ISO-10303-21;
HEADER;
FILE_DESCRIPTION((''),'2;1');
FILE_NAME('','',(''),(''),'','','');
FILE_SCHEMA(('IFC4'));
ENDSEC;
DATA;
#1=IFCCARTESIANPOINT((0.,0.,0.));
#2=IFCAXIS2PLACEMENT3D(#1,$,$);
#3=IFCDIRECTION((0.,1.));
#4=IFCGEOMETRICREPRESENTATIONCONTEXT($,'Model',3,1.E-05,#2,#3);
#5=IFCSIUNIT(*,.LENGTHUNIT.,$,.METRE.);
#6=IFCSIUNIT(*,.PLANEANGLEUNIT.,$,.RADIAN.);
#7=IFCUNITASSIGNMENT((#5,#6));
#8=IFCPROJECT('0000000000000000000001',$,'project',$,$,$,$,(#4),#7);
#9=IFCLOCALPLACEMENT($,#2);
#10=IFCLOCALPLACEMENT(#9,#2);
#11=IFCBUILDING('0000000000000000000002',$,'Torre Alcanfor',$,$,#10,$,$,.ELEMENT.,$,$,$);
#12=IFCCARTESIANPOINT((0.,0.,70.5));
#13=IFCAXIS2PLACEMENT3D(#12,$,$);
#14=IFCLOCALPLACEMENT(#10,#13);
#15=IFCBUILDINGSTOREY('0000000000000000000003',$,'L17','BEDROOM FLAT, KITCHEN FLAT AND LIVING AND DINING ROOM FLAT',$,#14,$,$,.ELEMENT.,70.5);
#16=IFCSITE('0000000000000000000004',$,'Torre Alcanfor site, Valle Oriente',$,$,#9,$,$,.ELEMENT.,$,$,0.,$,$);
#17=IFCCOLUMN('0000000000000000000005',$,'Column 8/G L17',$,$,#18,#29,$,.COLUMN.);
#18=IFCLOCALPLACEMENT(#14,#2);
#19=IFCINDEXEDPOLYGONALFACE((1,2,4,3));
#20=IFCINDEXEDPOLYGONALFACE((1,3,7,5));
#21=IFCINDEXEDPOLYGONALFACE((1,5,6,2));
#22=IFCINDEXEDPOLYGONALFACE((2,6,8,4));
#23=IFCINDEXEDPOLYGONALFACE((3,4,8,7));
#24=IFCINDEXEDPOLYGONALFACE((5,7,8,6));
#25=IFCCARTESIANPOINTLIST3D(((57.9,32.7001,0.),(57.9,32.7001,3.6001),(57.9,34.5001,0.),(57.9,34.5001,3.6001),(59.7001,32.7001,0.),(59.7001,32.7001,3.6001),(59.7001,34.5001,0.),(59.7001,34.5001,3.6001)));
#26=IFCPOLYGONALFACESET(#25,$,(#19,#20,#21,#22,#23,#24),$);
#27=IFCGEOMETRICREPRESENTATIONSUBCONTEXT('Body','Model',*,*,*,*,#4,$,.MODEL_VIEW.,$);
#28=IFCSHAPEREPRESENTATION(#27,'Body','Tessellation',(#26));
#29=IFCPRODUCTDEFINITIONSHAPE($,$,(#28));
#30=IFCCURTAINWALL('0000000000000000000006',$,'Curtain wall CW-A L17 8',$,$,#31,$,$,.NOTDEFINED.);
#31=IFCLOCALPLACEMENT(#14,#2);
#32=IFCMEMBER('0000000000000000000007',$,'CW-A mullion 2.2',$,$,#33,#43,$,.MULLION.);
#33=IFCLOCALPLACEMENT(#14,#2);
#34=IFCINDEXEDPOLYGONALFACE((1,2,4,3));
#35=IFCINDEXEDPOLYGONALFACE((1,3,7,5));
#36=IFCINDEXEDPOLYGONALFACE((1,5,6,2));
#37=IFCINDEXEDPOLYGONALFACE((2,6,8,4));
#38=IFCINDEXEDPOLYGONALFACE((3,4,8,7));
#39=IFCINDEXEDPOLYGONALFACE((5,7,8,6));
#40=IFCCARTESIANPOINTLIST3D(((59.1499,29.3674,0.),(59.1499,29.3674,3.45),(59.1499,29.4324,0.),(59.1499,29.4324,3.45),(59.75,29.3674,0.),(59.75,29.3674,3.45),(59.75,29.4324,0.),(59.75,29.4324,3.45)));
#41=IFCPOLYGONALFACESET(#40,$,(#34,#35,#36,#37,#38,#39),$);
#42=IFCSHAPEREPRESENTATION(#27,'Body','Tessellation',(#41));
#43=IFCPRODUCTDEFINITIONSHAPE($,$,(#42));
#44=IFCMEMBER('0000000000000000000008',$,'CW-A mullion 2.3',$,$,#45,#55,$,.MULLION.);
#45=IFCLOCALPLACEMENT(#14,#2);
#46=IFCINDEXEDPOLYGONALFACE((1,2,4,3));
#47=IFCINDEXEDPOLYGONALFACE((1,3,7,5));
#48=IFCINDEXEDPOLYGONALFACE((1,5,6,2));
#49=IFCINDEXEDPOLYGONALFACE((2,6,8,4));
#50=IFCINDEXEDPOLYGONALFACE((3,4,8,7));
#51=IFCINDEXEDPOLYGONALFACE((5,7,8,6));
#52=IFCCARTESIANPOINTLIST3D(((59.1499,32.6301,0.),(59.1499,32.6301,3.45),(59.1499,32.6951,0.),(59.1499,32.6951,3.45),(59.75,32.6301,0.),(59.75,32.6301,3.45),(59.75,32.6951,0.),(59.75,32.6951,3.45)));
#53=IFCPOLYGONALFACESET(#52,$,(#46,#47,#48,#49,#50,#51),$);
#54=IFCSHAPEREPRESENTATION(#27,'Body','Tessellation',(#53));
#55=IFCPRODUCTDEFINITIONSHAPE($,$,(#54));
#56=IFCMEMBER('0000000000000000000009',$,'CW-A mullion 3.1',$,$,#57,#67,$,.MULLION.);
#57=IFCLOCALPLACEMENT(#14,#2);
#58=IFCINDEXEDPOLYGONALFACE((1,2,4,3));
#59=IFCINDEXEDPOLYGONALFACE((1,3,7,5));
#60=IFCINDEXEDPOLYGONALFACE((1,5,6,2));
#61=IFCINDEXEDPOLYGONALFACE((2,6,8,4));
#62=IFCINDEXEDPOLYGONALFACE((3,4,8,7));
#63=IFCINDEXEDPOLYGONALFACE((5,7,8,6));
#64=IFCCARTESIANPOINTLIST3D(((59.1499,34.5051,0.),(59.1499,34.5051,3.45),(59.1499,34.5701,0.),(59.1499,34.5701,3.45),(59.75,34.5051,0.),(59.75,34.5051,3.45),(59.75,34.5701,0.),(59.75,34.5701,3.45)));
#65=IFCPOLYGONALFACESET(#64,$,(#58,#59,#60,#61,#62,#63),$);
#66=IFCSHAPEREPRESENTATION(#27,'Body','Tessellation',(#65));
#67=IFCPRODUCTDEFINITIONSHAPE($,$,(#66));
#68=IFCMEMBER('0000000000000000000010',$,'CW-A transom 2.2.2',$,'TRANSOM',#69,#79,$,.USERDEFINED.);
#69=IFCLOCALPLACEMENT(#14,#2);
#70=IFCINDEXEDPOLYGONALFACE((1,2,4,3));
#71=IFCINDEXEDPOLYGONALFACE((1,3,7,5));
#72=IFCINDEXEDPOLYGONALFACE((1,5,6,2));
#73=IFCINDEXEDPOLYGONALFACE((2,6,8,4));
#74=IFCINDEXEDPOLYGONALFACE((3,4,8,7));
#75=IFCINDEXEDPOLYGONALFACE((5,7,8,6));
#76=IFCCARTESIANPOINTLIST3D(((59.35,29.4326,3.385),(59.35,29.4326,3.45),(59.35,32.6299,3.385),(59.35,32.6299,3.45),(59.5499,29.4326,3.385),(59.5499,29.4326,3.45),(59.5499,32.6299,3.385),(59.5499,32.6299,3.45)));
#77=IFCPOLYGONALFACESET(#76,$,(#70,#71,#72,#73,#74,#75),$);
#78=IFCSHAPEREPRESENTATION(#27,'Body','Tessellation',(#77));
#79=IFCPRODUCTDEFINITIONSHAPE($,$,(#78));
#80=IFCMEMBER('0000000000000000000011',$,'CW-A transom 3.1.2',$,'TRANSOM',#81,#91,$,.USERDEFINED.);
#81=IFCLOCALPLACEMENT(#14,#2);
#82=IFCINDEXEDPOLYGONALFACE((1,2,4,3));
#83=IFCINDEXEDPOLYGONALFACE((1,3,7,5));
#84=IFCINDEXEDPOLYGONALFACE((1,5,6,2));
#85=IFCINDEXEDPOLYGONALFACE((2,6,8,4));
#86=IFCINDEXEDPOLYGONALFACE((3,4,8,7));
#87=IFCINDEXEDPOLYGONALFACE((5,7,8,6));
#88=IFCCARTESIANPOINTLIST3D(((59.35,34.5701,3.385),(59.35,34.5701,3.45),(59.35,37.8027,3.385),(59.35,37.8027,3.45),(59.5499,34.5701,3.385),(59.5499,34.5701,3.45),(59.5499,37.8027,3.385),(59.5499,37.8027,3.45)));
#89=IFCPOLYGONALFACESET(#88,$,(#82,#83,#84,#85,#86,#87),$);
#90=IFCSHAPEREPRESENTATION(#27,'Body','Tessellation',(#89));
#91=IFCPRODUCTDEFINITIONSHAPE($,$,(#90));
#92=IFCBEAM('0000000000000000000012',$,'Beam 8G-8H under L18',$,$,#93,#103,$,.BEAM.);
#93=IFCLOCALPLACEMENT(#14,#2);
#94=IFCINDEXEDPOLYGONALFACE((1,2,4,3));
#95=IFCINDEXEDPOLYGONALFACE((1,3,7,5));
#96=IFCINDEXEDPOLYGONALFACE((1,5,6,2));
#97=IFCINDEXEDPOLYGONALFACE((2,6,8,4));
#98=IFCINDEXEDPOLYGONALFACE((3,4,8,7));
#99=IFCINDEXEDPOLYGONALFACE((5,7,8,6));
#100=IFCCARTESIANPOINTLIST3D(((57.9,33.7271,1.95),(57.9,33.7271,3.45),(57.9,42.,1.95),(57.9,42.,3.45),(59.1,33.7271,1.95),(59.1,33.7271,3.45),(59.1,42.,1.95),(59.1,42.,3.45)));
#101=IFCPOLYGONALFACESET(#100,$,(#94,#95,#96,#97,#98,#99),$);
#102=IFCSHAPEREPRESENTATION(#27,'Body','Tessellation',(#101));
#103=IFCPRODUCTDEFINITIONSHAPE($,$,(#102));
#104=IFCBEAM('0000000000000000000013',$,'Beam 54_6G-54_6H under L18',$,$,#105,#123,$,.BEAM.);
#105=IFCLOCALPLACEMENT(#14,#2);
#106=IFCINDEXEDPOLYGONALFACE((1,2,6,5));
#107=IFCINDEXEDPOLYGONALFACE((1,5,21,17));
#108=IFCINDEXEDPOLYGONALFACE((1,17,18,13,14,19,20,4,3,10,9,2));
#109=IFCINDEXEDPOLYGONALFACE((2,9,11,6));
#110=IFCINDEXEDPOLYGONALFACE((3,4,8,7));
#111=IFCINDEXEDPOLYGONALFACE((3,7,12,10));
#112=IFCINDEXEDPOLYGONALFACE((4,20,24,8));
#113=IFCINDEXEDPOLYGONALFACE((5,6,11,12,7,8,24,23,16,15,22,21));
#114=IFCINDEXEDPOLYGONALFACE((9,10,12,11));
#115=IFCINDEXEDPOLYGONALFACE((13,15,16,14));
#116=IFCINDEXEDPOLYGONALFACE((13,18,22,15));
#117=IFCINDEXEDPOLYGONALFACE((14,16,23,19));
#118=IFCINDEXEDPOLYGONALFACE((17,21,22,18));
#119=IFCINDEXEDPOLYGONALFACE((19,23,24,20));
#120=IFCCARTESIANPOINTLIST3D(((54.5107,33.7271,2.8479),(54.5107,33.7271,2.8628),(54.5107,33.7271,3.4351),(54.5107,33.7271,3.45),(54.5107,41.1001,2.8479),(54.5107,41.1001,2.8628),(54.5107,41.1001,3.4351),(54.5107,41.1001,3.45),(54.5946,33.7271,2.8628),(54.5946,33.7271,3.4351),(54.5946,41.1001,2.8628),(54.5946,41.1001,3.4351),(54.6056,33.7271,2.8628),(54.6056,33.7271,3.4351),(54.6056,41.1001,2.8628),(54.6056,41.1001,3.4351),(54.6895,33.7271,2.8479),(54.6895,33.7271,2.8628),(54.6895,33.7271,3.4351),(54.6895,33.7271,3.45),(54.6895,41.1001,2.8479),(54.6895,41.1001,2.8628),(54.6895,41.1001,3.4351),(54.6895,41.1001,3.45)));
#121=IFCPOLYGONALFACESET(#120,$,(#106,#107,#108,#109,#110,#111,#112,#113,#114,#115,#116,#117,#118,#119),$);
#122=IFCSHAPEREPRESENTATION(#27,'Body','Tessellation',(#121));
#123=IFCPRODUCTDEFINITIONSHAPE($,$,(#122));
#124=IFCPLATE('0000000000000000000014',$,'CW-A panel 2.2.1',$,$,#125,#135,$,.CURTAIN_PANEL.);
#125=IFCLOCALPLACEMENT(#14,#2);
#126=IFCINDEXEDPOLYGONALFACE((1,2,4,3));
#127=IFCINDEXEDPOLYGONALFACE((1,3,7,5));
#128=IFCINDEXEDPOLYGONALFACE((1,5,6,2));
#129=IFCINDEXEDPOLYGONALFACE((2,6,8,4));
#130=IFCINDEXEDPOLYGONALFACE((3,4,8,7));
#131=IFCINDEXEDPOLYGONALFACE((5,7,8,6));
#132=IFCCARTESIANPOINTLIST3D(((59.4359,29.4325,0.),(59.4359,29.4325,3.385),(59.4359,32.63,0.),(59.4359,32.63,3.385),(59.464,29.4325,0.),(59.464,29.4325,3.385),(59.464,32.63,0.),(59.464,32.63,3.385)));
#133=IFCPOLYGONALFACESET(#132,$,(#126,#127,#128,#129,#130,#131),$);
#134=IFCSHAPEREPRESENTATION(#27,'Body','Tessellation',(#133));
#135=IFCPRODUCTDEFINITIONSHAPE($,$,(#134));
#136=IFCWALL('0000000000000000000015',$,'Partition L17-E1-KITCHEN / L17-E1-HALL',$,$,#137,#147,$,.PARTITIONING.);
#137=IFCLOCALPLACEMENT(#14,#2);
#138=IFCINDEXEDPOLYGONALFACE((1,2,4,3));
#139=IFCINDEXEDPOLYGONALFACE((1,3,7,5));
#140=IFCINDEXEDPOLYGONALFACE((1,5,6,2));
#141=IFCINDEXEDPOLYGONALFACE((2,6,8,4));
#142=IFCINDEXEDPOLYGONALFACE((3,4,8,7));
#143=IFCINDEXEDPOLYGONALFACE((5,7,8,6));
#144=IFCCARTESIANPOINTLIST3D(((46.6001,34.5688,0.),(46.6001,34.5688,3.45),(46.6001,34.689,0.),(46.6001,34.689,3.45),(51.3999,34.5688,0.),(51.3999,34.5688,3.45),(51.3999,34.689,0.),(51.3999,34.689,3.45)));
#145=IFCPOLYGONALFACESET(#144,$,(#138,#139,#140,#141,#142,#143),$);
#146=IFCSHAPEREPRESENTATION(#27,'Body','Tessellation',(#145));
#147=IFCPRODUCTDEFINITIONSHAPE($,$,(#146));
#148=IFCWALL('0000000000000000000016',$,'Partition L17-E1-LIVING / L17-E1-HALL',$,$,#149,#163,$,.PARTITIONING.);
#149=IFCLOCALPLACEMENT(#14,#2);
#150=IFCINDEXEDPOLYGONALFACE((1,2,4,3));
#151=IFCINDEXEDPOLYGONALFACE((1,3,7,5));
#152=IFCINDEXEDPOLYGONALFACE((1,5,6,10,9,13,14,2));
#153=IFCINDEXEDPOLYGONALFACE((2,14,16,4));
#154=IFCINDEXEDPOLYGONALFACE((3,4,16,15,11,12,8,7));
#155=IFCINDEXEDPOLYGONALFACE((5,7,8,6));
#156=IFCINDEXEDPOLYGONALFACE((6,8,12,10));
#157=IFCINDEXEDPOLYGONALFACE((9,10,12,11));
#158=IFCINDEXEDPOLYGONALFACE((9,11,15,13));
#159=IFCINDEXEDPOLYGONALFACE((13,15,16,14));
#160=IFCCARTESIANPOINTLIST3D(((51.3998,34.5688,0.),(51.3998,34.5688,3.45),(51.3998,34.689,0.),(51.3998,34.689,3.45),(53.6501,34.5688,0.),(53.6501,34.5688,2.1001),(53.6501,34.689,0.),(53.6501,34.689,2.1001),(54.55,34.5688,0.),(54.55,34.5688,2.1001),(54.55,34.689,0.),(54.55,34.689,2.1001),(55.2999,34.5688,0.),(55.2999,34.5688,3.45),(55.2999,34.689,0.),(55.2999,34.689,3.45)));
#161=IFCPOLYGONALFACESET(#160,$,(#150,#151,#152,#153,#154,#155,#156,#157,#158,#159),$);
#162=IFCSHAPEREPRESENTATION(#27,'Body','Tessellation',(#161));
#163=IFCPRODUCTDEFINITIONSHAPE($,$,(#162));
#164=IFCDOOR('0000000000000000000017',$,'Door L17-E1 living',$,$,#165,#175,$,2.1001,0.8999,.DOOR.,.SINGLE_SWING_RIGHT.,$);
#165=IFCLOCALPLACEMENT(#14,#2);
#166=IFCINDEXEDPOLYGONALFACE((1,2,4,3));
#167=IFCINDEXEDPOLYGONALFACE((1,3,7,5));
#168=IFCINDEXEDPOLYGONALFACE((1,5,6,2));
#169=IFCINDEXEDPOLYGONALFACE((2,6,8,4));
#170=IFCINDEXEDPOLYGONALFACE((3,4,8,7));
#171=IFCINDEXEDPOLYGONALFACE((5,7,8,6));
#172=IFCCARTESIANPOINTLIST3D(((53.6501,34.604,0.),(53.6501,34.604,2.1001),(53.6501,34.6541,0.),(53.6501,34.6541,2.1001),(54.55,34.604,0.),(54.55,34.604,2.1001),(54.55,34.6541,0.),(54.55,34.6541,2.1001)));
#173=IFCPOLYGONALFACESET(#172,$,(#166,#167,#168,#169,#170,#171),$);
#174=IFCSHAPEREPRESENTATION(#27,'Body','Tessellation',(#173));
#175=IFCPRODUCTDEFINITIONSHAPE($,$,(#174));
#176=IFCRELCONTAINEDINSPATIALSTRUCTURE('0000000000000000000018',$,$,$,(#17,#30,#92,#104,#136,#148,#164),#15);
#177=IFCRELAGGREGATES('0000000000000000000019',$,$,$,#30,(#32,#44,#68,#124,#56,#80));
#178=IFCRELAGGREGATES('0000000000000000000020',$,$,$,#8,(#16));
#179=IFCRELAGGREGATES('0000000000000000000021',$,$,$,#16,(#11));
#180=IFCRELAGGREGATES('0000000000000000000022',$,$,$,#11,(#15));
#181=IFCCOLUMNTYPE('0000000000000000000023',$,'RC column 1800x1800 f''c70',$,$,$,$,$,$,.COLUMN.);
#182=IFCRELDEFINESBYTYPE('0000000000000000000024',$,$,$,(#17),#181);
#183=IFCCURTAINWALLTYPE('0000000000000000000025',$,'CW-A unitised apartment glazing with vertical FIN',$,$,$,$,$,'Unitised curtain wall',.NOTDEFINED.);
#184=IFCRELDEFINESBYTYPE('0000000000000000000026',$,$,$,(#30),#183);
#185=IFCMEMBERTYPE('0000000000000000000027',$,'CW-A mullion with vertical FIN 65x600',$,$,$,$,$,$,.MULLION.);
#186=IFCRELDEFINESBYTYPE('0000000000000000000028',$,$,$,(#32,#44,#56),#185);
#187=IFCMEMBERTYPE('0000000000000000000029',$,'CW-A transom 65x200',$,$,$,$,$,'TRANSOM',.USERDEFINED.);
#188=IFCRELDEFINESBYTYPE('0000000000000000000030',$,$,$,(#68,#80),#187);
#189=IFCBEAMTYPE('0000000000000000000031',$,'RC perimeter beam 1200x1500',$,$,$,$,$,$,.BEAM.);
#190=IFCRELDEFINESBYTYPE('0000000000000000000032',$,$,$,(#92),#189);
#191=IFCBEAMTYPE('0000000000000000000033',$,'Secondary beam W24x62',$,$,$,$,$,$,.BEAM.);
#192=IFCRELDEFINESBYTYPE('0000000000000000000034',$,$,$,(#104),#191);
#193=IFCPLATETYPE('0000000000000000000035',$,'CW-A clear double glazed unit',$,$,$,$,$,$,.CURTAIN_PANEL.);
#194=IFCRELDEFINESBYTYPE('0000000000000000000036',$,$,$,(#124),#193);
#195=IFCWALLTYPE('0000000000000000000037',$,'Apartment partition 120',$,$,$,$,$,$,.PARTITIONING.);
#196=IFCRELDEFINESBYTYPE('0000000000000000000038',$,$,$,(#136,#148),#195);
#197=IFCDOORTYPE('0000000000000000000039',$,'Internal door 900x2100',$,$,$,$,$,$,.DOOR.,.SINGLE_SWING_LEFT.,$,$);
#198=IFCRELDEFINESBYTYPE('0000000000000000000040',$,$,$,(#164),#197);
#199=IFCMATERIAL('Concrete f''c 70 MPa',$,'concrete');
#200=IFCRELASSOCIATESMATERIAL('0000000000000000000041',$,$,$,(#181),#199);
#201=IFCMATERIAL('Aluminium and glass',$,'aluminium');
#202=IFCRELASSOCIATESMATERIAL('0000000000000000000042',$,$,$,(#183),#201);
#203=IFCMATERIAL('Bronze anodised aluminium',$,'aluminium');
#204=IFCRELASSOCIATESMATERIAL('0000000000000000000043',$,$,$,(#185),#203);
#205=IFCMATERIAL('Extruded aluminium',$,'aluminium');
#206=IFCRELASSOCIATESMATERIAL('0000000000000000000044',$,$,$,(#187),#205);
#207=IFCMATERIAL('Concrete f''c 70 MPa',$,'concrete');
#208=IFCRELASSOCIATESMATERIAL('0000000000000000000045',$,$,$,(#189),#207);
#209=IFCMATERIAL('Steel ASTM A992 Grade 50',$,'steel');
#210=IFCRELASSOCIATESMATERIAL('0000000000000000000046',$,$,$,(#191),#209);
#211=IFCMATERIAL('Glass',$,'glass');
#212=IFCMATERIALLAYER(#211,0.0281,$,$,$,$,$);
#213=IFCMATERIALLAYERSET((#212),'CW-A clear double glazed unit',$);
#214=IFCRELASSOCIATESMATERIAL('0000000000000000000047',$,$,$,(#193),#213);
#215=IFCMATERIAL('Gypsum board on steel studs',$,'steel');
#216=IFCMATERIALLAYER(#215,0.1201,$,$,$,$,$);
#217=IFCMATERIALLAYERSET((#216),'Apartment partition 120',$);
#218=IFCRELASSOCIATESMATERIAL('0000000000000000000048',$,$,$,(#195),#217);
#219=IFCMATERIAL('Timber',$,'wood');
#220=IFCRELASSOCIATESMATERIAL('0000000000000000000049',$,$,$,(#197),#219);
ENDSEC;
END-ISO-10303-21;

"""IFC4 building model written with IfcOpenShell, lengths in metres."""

from ifc_helpers import new_model, si_unit, direction, frame, frame_2d, origin, origin_2d, place, context, subcontext, project, spatial, rectangle, i_section, extrude, material, layer, layer_set, material_profile, profile_set, type_object, element, fill, aggregate, save


model = new_model("IFC4")

# Units and contexts
model_context = context("Model", 3, precision=1e-05, world=origin(), true_north=direction((0.0, 1.0)))
body_context = subcontext(model_context, "Body", "Model", "MODEL_VIEW")
ifc_project = project(units=[si_unit("LENGTHUNIT", "METRE"), si_unit("PLANEANGLEUNIT", "RADIAN")], contexts=[model_context])

# Site, building, storey
site_placement = place(None, origin())
site = spatial("IfcSite", under=ifc_project, at=site_placement, Name="Torre Alcanfor site, Valle Oriente", CompositionType="ELEMENT", RefElevation=0.0)
building_placement = place(site_placement, origin())
building = spatial("IfcBuilding", under=site, at=building_placement, Name="Torre Alcanfor", CompositionType="ELEMENT")
storey_placement = place(building_placement, frame((0.0, 0.0, 70.5)))
storey = spatial("IfcBuildingStorey", under=building, at=storey_placement, Name="L17", Description="BEDROOM FLAT, KITCHEN FLAT AND LIVING AND DINING ROOM FLAT", CompositionType="ELEMENT", Elevation=70.5)

# Column
ifc_material_1 = material(Name="Concrete f'c 70 MPa", Category="concrete")
ifc_material_profile_1 = material_profile(ifc_material_1, rectangle(XDim=1.8, YDim=1.8, at=origin_2d()), Name="1800x1800")
ifc_profile_set_1 = profile_set([ifc_material_profile_1], Name="Concrete f'c 70 MPa")
column_type = type_object("IfcColumnType", Name="RC column 1800x1800 f'c70", PredefinedType="COLUMN", material=ifc_profile_set_1)
column_placement = place(storey_placement, frame((58.8, 33.6001, 0.0), z_axis=(0.0, 0.0, 1.0), x_axis=(1.0, 0.0, 0.0)))
element("IfcColumn", 1, at=column_placement, inside=storey, type_object=column_type, Name="Column 8/G L17", PredefinedType="COLUMN", context=body_context, shape_type="SweptSolid", body=[
    extrude(rectangle(XDim=1.8, YDim=1.8, at=origin_2d()), origin(), (0.0, 0.0, 1.0), 3.6001),
])

# Curtain wall, members
ifc_material_2 = material(Name="Aluminium and glass", Category="aluminium")
curtain_wall_type = type_object("IfcCurtainWallType", Name="CW-A unitised apartment glazing with vertical FIN", ElementType="Unitised curtain wall", PredefinedType="NOTDEFINED", material=ifc_material_2)
curtain_wall_placement = place(storey_placement, origin())
curtain_wall = element("IfcCurtainWall", 2, at=curtain_wall_placement, inside=storey, type_object=curtain_wall_type, Name="Curtain wall CW-A L17 8", PredefinedType="NOTDEFINED")
ifc_material_3 = material(Name="Bronze anodised aluminium", Category="aluminium")
ifc_material_profile_2 = material_profile(ifc_material_3, rectangle(XDim=0.6001, YDim=0.0649, at=origin_2d()), Name="CW-A mullion 65x600")
ifc_profile_set_2 = profile_set([ifc_material_profile_2], Name="Bronze anodised aluminium")
member_type_1 = type_object("IfcMemberType", Name="CW-A mullion with vertical FIN 65x600", PredefinedType="MULLION", material=ifc_profile_set_2)
member_1_placement = place(storey_placement, frame((59.45, 29.3999, 0.0), z_axis=(0.0, 0.0, 1.0), x_axis=(-1.0, 0.0, 0.0)))
member_1 = element("IfcMember", 3, at=member_1_placement, type_object=member_type_1, Name="CW-A mullion 2.2", PredefinedType="MULLION", context=body_context, shape_type="SweptSolid", body=[
    extrude(rectangle(XDim=0.6001, YDim=0.0649, at=origin_2d()), origin(), (0.0, 0.0, 1.0), 3.45),
])
member_2_placement = place(storey_placement, frame((59.45, 32.6626, 0.0), z_axis=(0.0, 0.0, 1.0), x_axis=(-1.0, 0.0, 0.0)))
member_2 = element("IfcMember", 4, at=member_2_placement, type_object=member_type_1, Name="CW-A mullion 2.3", PredefinedType="MULLION", context=body_context, shape_type="SweptSolid", body=[
    extrude(rectangle(XDim=0.6001, YDim=0.0649, at=origin_2d()), origin(), (0.0, 0.0, 1.0), 3.45),
])
member_3_placement = place(storey_placement, frame((59.45, 34.5376, 0.0), z_axis=(0.0, 0.0, 1.0), x_axis=(-1.0, 0.0, 0.0)))
member_3 = element("IfcMember", 5, at=member_3_placement, type_object=member_type_1, Name="CW-A mullion 3.1", PredefinedType="MULLION", context=body_context, shape_type="SweptSolid", body=[
    extrude(rectangle(XDim=0.6001, YDim=0.0649, at=origin_2d()), origin(), (0.0, 0.0, 1.0), 3.45),
])
ifc_material_4 = material(Name="Extruded aluminium", Category="aluminium")
ifc_material_profile_3 = material_profile(ifc_material_4, rectangle(XDim=0.2, YDim=0.0649, at=origin_2d()), Name="CW-A transom 200x65")
ifc_profile_set_3 = profile_set([ifc_material_profile_3], Name="Extruded aluminium")
member_type_2 = type_object("IfcMemberType", Name="CW-A transom 65x200", ElementType="TRANSOM", PredefinedType="USERDEFINED", material=ifc_profile_set_3)
member_4_placement = place(storey_placement, frame((59.45, 29.4326, 3.4175), z_axis=(0.0, 1.0, 0.0), x_axis=(-1.0, 0.0, 0.0)))
member_4 = element("IfcMember", 6, at=member_4_placement, type_object=member_type_2, Name="CW-A transom 2.2.2", ObjectType="TRANSOM", PredefinedType="USERDEFINED", context=body_context, shape_type="SweptSolid", body=[
    extrude(rectangle(XDim=0.2, YDim=0.0649, at=origin_2d()), origin(), (0.0, 0.0, 1.0), 3.1973),
])
member_5_placement = place(storey_placement, frame((59.45, 34.5701, 3.4175), z_axis=(0.0, 1.0, 0.0), x_axis=(-1.0, 0.0, 0.0)))
member_5 = element("IfcMember", 7, at=member_5_placement, type_object=member_type_2, Name="CW-A transom 3.1.2", ObjectType="TRANSOM", PredefinedType="USERDEFINED", context=body_context, shape_type="SweptSolid", body=[
    extrude(rectangle(XDim=0.2, YDim=0.0649, at=origin_2d()), origin(), (0.0, 0.0, 1.0), 3.2327),
])

# Beams
ifc_material_5 = material(Name="Concrete f'c 70 MPa", Category="concrete")
ifc_material_profile_4 = material_profile(ifc_material_5, rectangle(XDim=1.2, YDim=1.5, at=origin_2d()), Name="1200x1500")
ifc_profile_set_4 = profile_set([ifc_material_profile_4], Name="Concrete f'c 70 MPa")
beam_type_1 = type_object("IfcBeamType", Name="RC perimeter beam 1200x1500", PredefinedType="BEAM", material=ifc_profile_set_4)
beam_1_placement = place(storey_placement, frame((58.5, 33.7271, 2.7), z_axis=(0.0, 1.0, 0.0), x_axis=(-1.0, 0.0, 0.0)))
element("IfcBeam", 8, at=beam_1_placement, inside=storey, type_object=beam_type_1, Name="Beam 8G-8H under L18", PredefinedType="BEAM", context=body_context, shape_type="SweptSolid", body=[
    extrude(rectangle(XDim=1.2, YDim=1.5, at=origin_2d()), origin(), (0.0, 0.0, 1.0), 8.2729),
])
ifc_material_6 = material(Name="Steel ASTM A992 Grade 50", Category="steel")
ifc_material_profile_5 = material_profile(ifc_material_6, i_section(OverallWidth=0.1787, OverallDepth=0.6021, WebThickness=0.011, FlangeThickness=0.0149, at=origin_2d()), Name="W24x62")
ifc_profile_set_5 = profile_set([ifc_material_profile_5], Name="Steel ASTM A992 Grade 50")
beam_type_2 = type_object("IfcBeamType", Name="Secondary beam W24x62", PredefinedType="BEAM", material=ifc_profile_set_5)
beam_2_placement = place(storey_placement, frame((54.6001, 33.7271, 3.1489), z_axis=(0.0, 1.0, 0.0), x_axis=(-1.0, 0.0, 0.0)))
element("IfcBeam", 9, at=beam_2_placement, inside=storey, type_object=beam_type_2, Name="Beam 54_6G-54_6H under L18", PredefinedType="BEAM", context=body_context, shape_type="SweptSolid", body=[
    extrude(i_section(OverallWidth=0.1787, OverallDepth=0.6021, WebThickness=0.011, FlangeThickness=0.0149, at=origin_2d()), origin(), (0.0, 0.0, 1.0), 7.373),
])

# Plate
ifc_material_7 = material(Name="Glass", Category="glass")
ifc_layer_1 = layer(ifc_material_7, 0.0281)
ifc_layer_set_1 = layer_set([ifc_layer_1], Name="CW-A clear double glazed unit")
plate_type = type_object("IfcPlateType", Name="CW-A clear double glazed unit", PredefinedType="CURTAIN_PANEL", material=ifc_layer_set_1)
plate_placement = place(storey_placement, frame((59.45, 31.0312, 0.0), z_axis=(0.0, 0.0, 1.0), x_axis=(0.0, 1.0, 0.0)))
plate = element("IfcPlate", 10, at=plate_placement, type_object=plate_type, Name="CW-A panel 2.2.1", PredefinedType="CURTAIN_PANEL", context=body_context, shape_type="SweptSolid", body=[
    extrude(rectangle(XDim=3.1975, YDim=0.0281, at=origin_2d()), origin(), (0.0, 0.0, 1.0), 3.385),
])
aggregate(curtain_wall, [member_1, member_2, member_4, plate, member_3, member_5])

# Wall
ifc_material_8 = material(Name="Gypsum board on steel studs", Category="steel")
ifc_layer_2 = layer(ifc_material_8, 0.1201)
ifc_layer_set_2 = layer_set([ifc_layer_2], Name="Apartment partition 120")
wall_type_1 = type_object("IfcWallType", Name="Apartment partition 120", PredefinedType="PARTITIONING", material=ifc_layer_set_2)
wall_1_placement = place(storey_placement, frame((51.3999, 34.6289, 0.0), z_axis=(0.0, 0.0, 1.0), x_axis=(-1.0, 0.0, 0.0)))
element("IfcWall", 11, at=wall_1_placement, inside=storey, type_object=wall_type_1, Name="Partition L17-E1-KITCHEN / L17-E1-HALL", PredefinedType="PARTITIONING", context=body_context, shape_type="SweptSolid", body=[
    extrude(rectangle(XDim=4.7998, YDim=0.1201, at=frame_2d((2.3999, 0.0))), origin(), (0.0, 0.0, 1.0), 3.45),
])

# Wall, opening, door
wall_2_placement = place(storey_placement, frame((55.3, 34.6289, 0.0), z_axis=(0.0, 0.0, 1.0), x_axis=(-1.0, 0.0, 0.0)))
wall_2 = element("IfcWall", 12, at=wall_2_placement, inside=storey, type_object=wall_type_1, Name="Partition L17-E1-LIVING / L17-E1-HALL", PredefinedType="PARTITIONING", context=body_context, shape_type="SweptSolid", body=[
    extrude(rectangle(XDim=3.9001, YDim=0.1201, at=frame_2d((1.9502, 0.0))), origin(), (0.0, 0.0, 1.0), 3.45),
])
opening_1_placement = place(wall_2_placement, frame((0.75, 0.0, 0.0)))
opening_1 = element("IfcOpeningElement", 13, at=opening_1_placement, cuts=wall_2, PredefinedType="OPENING", context=body_context, shape_type="SweptSolid", body=[
    extrude(rectangle(XDim=0.8999, YDim=2.1001, at=frame_2d((0.45, 1.05))), frame((0.0, 0.0701, 0.0), z_axis=(0.0, -1.0, 0.0), x_axis=(1.0, 0.0, 0.0)), (0.0, 0.0, 1.0), 0.1401),
])
ifc_material_9 = material(Name="Timber", Category="wood")
door_type = type_object("IfcDoorType", Name="Internal door 900x2100", OperationType="SINGLE_SWING_LEFT", PredefinedType="DOOR", material=ifc_material_9)
door_1_placement = place(opening_1_placement, origin())
door_1 = element("IfcDoor", 14, at=door_1_placement, inside=storey, type_object=door_type, Name="Door L17-E1 living", OperationType="SINGLE_SWING_RIGHT", OverallHeight=2.1001, OverallWidth=0.8999, PredefinedType="DOOR", context=body_context, shape_type="SweptSolid", body=[
    extrude(rectangle(XDim=0.8999, YDim=2.1001, at=frame_2d((0.45, 1.05))), frame((0.0, 0.0249, 0.0), z_axis=(0.0, -1.0, 0.0), x_axis=(1.0, 0.0, 0.0)), (0.0, 0.0, 1.0), 0.05),
])
fill(opening_1, door_1)

save(model, "model.ifc")
